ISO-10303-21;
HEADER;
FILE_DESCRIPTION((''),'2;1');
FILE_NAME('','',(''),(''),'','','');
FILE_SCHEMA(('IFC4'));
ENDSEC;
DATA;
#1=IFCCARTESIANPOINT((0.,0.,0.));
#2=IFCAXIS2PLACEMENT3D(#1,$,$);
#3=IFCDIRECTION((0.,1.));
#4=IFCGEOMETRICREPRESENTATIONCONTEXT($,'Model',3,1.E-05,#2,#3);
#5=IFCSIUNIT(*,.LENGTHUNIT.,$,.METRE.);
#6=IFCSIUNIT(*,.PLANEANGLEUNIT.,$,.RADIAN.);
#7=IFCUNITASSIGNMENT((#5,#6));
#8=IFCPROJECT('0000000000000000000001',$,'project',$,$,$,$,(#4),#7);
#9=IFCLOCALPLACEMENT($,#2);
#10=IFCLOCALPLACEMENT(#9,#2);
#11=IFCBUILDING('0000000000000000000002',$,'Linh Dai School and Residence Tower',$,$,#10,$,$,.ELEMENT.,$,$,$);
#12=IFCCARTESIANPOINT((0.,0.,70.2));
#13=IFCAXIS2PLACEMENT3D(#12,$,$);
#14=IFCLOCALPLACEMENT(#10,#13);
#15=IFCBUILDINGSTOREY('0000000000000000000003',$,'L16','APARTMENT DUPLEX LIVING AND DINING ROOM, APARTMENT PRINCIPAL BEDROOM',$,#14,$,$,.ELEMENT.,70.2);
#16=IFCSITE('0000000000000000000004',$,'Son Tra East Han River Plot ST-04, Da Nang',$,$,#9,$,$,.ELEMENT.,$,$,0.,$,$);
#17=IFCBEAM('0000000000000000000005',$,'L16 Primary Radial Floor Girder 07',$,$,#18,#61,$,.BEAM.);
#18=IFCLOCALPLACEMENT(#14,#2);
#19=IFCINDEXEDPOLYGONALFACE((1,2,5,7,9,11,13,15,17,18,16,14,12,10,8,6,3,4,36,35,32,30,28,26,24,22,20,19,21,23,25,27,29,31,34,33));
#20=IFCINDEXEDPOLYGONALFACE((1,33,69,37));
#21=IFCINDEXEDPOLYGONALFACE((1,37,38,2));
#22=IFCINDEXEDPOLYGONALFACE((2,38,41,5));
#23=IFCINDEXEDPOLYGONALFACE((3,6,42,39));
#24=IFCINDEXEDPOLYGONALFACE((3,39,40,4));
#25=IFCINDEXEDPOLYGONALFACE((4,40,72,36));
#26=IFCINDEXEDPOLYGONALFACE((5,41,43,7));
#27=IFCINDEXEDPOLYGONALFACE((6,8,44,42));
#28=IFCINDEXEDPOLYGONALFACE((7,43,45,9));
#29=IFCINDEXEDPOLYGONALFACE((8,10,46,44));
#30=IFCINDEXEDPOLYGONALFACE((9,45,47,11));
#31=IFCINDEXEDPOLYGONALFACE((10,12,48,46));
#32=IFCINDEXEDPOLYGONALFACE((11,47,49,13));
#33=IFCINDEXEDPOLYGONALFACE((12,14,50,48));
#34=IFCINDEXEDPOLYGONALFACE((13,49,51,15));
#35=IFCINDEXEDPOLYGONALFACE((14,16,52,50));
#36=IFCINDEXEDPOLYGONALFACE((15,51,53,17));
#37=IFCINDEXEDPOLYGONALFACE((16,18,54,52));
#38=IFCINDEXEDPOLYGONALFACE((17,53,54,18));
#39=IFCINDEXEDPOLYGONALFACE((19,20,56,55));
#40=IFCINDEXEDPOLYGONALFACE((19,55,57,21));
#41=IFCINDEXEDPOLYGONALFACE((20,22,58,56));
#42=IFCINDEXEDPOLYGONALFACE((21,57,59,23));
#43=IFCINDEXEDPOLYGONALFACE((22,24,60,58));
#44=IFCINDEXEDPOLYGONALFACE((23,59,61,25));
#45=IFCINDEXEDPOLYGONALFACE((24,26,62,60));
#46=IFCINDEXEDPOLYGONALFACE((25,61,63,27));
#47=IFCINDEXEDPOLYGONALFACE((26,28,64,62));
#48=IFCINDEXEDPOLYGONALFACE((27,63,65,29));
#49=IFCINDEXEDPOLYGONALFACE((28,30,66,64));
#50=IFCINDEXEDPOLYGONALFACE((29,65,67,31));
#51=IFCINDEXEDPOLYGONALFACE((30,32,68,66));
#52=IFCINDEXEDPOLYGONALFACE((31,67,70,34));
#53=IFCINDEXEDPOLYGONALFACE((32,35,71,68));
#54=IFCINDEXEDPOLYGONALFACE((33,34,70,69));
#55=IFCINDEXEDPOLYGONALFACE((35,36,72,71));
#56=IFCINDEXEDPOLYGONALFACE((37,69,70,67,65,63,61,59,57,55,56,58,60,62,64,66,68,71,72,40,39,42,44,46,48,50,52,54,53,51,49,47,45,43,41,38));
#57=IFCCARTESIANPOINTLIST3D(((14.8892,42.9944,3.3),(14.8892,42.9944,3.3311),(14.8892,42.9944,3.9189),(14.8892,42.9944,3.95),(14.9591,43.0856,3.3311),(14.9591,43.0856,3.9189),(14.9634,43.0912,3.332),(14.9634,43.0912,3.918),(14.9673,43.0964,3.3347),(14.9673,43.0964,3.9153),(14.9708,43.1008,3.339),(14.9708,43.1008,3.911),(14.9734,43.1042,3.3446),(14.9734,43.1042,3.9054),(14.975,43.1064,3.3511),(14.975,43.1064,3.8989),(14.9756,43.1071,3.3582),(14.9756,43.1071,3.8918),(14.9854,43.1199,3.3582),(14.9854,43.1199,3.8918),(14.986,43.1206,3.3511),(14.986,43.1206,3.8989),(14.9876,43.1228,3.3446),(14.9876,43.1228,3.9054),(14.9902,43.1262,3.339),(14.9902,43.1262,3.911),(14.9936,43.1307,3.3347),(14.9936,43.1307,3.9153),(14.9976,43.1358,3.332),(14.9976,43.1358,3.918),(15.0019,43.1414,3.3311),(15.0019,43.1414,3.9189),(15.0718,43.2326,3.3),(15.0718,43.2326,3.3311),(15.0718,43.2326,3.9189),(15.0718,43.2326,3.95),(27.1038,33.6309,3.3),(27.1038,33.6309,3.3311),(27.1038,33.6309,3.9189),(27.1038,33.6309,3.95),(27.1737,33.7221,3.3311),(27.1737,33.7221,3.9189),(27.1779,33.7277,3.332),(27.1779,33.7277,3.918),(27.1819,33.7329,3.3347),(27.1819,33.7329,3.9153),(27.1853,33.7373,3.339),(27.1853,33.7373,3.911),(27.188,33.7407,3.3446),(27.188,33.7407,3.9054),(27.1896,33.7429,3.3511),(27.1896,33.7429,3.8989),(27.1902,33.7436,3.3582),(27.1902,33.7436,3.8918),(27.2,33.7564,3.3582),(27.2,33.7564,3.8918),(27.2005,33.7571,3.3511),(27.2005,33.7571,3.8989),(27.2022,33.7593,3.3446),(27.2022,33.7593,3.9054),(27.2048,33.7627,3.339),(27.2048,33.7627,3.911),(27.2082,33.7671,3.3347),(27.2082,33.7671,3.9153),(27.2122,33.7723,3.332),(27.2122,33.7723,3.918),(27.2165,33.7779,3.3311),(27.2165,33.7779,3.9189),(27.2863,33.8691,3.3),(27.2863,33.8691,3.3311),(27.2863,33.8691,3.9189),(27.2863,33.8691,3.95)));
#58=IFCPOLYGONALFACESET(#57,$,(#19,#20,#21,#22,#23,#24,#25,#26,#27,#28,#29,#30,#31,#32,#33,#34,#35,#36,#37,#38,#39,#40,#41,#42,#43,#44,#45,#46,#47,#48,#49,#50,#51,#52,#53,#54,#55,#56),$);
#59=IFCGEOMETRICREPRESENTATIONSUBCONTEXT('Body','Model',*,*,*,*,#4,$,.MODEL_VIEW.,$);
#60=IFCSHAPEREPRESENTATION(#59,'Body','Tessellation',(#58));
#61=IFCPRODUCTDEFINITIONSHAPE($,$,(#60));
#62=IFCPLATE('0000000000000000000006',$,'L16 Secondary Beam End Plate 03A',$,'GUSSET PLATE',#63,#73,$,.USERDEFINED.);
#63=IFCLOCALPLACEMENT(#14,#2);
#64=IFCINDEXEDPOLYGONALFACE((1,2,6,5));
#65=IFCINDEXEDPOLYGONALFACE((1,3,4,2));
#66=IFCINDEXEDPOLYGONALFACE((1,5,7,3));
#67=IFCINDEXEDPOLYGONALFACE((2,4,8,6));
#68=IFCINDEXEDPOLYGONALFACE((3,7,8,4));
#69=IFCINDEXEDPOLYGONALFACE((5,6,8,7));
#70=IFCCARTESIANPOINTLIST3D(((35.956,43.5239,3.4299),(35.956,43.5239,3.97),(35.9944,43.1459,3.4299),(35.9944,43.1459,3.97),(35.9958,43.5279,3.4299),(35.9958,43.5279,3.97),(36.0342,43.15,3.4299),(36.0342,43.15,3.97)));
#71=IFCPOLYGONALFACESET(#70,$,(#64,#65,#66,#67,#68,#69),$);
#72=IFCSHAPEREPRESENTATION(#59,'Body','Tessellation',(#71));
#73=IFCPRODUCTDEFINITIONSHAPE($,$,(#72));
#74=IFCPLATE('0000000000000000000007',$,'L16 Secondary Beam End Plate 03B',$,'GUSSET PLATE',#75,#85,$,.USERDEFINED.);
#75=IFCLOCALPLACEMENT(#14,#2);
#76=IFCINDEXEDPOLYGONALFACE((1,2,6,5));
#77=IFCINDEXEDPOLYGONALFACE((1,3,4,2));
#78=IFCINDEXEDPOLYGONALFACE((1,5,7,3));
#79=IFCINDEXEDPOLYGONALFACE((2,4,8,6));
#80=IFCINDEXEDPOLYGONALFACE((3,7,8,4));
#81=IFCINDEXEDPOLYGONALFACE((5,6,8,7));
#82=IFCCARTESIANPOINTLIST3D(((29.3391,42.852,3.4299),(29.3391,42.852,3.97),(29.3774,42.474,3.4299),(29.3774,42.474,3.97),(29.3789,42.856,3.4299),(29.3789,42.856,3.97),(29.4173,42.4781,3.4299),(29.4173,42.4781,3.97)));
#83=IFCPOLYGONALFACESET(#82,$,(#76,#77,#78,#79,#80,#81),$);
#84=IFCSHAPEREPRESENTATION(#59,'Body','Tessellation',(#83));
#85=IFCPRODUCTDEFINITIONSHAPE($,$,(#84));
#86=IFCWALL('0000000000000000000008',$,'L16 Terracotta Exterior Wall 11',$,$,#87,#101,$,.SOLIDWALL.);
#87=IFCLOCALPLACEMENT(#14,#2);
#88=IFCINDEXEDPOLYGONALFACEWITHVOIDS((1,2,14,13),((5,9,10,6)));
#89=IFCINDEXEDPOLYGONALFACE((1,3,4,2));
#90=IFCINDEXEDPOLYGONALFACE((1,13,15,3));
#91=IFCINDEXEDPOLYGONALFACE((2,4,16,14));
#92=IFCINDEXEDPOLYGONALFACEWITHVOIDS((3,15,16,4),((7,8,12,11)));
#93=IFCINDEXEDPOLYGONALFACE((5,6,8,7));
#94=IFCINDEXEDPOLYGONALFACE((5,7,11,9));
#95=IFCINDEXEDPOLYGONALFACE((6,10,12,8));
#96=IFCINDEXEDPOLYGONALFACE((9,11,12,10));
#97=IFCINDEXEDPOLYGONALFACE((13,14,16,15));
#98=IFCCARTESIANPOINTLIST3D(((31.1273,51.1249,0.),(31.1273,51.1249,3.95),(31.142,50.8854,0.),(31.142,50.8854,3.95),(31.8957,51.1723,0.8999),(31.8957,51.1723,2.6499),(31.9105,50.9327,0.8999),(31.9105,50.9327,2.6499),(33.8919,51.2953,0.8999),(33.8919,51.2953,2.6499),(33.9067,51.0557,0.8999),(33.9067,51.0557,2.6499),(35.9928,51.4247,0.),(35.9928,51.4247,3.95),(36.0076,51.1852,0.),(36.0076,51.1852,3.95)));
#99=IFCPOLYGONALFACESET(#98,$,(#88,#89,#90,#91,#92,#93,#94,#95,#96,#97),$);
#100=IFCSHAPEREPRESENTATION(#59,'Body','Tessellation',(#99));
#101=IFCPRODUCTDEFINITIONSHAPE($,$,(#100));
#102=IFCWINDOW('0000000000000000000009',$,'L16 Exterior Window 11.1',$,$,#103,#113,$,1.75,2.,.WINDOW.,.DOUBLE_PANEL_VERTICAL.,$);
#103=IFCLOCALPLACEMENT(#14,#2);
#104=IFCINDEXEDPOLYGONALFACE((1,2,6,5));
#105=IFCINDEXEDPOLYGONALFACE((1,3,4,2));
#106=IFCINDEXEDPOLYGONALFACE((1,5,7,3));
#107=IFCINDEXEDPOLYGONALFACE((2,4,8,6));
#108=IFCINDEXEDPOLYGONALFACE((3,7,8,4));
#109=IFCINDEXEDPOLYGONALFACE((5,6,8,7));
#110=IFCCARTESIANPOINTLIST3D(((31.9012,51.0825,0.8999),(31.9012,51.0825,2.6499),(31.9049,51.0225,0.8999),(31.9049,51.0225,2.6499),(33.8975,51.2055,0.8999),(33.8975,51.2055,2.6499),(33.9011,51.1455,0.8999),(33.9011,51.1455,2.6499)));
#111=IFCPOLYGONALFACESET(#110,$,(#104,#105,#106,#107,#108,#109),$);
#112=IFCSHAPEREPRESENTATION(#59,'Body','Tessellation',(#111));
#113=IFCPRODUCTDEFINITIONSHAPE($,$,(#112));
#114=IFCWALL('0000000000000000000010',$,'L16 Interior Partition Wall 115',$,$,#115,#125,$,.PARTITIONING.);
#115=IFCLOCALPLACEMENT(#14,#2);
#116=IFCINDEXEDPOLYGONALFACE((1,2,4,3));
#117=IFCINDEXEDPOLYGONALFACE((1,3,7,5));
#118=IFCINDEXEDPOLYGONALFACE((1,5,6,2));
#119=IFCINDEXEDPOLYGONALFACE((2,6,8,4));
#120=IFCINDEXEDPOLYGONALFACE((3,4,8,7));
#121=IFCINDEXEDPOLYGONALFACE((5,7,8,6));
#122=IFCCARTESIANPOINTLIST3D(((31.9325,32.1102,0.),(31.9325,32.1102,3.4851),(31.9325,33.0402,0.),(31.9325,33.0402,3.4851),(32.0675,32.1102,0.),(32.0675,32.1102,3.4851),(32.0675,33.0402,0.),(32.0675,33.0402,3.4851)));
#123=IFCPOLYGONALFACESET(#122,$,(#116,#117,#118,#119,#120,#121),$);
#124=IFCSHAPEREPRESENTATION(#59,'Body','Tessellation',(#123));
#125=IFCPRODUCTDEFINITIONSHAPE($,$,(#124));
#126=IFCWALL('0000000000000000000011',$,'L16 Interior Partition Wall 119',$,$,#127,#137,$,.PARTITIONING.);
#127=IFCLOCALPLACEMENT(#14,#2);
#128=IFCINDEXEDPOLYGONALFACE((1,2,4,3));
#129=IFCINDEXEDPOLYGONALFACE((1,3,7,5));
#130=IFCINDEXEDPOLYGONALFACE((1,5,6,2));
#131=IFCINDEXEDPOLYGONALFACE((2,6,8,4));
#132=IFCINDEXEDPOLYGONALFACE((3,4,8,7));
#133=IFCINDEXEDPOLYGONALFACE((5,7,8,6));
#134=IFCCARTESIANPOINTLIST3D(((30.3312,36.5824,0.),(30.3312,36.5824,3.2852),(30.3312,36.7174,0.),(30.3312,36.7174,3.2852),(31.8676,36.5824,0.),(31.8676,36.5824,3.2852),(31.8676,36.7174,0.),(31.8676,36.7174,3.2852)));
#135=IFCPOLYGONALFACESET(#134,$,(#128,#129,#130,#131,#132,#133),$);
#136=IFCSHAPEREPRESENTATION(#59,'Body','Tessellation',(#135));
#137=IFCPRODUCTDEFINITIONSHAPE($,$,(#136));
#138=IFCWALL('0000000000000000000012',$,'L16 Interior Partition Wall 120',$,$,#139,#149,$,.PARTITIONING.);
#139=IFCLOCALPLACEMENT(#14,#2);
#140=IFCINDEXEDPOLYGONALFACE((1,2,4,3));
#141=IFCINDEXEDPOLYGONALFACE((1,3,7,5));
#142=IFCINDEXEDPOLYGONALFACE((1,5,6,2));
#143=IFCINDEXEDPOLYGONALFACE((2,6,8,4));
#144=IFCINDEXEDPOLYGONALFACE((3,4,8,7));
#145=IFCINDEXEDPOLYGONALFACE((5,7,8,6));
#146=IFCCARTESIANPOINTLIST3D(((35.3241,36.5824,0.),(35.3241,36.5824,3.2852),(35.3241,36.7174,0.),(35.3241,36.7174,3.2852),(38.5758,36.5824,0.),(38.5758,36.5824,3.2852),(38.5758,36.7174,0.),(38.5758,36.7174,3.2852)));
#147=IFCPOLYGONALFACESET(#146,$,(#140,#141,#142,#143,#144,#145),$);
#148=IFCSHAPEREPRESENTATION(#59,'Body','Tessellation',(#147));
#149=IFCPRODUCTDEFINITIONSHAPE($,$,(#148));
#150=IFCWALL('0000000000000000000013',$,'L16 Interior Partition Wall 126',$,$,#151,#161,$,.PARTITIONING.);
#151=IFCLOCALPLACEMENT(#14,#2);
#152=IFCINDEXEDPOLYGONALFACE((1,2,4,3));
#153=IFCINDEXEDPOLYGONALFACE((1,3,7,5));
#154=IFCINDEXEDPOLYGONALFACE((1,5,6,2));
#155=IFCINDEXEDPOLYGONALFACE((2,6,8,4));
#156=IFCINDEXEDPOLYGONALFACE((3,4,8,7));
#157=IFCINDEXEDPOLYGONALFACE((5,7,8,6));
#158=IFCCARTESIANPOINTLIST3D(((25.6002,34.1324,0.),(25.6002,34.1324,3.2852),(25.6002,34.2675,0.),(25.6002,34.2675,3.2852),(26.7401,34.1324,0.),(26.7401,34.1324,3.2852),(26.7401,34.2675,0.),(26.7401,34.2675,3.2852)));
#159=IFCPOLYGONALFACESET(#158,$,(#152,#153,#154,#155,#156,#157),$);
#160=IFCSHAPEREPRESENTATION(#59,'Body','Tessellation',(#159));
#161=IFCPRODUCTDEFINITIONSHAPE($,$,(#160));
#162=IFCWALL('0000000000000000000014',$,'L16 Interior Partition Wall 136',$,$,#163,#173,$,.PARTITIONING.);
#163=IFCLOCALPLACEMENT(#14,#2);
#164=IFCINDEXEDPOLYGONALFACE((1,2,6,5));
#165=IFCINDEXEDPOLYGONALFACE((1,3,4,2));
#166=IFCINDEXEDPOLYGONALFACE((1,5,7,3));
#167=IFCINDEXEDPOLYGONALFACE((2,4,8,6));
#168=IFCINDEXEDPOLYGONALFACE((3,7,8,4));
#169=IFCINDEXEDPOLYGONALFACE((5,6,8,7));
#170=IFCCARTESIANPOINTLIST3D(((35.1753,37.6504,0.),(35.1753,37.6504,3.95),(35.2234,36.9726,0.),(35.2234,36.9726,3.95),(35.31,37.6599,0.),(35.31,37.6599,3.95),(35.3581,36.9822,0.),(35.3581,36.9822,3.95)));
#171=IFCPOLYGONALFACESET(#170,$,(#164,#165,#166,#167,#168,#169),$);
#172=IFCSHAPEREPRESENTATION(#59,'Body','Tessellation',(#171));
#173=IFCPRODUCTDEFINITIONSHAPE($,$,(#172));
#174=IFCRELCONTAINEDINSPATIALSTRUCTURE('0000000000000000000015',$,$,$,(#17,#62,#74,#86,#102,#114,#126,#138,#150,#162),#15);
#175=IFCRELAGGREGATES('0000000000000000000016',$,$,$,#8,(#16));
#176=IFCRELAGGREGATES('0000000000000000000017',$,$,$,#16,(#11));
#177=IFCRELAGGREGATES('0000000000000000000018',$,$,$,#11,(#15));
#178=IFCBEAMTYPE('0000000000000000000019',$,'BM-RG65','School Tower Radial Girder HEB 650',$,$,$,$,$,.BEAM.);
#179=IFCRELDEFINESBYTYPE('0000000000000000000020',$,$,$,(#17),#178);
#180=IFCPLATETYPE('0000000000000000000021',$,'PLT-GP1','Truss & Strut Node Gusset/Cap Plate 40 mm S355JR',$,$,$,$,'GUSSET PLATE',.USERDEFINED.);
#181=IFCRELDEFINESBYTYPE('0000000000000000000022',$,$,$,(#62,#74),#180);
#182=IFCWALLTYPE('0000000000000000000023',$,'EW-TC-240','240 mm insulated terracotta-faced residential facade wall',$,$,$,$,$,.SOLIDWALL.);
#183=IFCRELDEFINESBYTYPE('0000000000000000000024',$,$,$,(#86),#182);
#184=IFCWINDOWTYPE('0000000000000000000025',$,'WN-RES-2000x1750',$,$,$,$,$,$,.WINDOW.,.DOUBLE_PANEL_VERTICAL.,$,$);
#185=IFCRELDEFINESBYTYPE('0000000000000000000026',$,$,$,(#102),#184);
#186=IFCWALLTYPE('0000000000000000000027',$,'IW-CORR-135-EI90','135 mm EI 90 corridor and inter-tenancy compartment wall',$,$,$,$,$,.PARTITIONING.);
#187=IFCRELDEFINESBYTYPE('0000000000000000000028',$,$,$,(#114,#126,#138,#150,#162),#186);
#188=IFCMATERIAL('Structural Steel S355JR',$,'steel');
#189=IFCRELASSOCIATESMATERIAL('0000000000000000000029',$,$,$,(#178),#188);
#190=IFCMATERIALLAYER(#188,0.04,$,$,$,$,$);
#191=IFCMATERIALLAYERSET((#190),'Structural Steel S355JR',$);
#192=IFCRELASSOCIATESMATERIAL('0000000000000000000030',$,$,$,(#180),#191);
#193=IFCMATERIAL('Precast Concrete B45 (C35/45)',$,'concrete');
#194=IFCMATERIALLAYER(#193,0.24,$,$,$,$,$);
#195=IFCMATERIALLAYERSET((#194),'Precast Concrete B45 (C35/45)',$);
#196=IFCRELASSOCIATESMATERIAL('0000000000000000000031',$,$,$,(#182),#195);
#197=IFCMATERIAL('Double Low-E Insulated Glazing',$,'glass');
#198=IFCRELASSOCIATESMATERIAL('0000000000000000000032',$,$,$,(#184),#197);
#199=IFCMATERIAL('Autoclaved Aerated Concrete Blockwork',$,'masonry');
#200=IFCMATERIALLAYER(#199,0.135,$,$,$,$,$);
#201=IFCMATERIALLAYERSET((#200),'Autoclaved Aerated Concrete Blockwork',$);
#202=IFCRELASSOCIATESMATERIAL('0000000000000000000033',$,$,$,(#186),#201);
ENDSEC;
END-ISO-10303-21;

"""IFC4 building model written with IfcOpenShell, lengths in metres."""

from ifc_helpers import new_model, si_unit, direction, frame, frame_2d, origin, origin_2d, place, context, subcontext, project, spatial, rectangle, i_section, extrude, source, transform, mapped, material, layer, layer_set, material_profile, profile_set, type_object, element, fill, save


model = new_model("IFC4")

# Units and contexts
model_context = context("Model", 3, precision=1e-05, world=origin(), true_north=direction((0.0, 1.0)))
body_context = subcontext(model_context, "Body", "Model", "MODEL_VIEW")
ifc_project = project(units=[si_unit("LENGTHUNIT", "METRE"), si_unit("PLANEANGLEUNIT", "RADIAN")], contexts=[model_context])

# Site, building, storey
site_placement = place(None, origin())
site = spatial("IfcSite", under=ifc_project, at=site_placement, Name="Son Tra East Han River Plot ST-04, Da Nang", CompositionType="ELEMENT", RefElevation=0.0)
building_placement = place(site_placement, origin())
building = spatial("IfcBuilding", under=site, at=building_placement, Name="Linh Dai School and Residence Tower", CompositionType="ELEMENT")
storey_placement = place(building_placement, frame((0.0, 0.0, 70.2)))
storey = spatial("IfcBuildingStorey", under=building, at=storey_placement, Name="L16", Description="APARTMENT DUPLEX LIVING AND DINING ROOM, APARTMENT PRINCIPAL BEDROOM", CompositionType="ELEMENT", Elevation=70.2)

# Shared definitions
ifc_material_1 = material(Name="Structural Steel S355JR", Category="steel")

# Beam
ifc_material_profile_1 = material_profile(ifc_material_1, i_section(OverallWidth=0.3, OverallDepth=0.6499, WebThickness=0.0161, FlangeThickness=0.031, FilletRadius=0.0271, at=origin_2d()), Name="HEB 650")
ifc_profile_set_1 = profile_set([ifc_material_profile_1], Name="Structural Steel S355JR")
beam_type_1 = type_object("IfcBeamType", Name="BM-RG65", Description="School Tower Radial Girder HEB 650", PredefinedType="BEAM", material=ifc_profile_set_1)
beam_1_placement = place(storey_placement, frame((27.1951, 33.75, 3.625), z_axis=(-0.793638, 0.608391, 0.0), x_axis=(-0.608391, -0.793638, 0.0)))
element("IfcBeam", 1, at=beam_1_placement, inside=storey, type_object=beam_type_1, Name="L16 Primary Radial Floor Girder 07", PredefinedType="BEAM", context=body_context, shape_type="SweptSolid", body=[
    extrude(i_section(OverallWidth=0.3, OverallDepth=0.6499, WebThickness=0.0161, FlangeThickness=0.031, FilletRadius=0.0271, at=origin_2d()), origin(), (0.0, 0.0, 1.0), 15.3906),
])

# Plates
ifc_layer_1 = layer(ifc_material_1, 0.04)
ifc_layer_set_1 = layer_set([ifc_layer_1], Name="Structural Steel S355JR")
plate_type = type_object("IfcPlateType", Name="PLT-GP1", Description="Truss & Strut Node Gusset/Cap Plate 40 mm S355JR", ElementType="GUSSET PLATE", PredefinedType="USERDEFINED", material=ifc_layer_set_1)
shared_shape_1 = source(origin(), body_context, "Body", "SweptSolid", [
    extrude(rectangle(XDim=0.04, YDim=0.3799, at=origin_2d()), origin(), (0.0, 0.0, 1.0), 0.54),
])
for number, where, z_axis, x_axis, name in (
    (2, (35.9951, 43.3369, 3.4299), (0.0, 0.0, 1.0), (-0.994884, -0.101023, 0.0), "L16 Secondary Beam End Plate 03A"),
    (3, (29.3782, 42.665, 3.4299), (0.0, 0.0, 1.0), (-0.994884, -0.101023, 0.0), "L16 Secondary Beam End Plate 03B"),
):
    element("IfcPlate", number, at=place(storey_placement, frame(where, z_axis=z_axis, x_axis=x_axis)), inside=storey, type_object=plate_type, Name=name, ObjectType="GUSSET PLATE", PredefinedType="USERDEFINED", context=body_context, shape_type="MappedRepresentation", body=[
        mapped(shared_shape_1, transform((0.0, 0.0, 0.0), x_axis=(1.0, 0.0, 0.0), y_axis=(0.0, 1.0, 0.0), z_axis=(0.0, 0.0, 1.0), scale=1.0)),
    ])

# Wall, opening, window
ifc_material_2 = material(Name="Precast Concrete B45 (C35/45)", Category="concrete")
ifc_layer_2 = layer(ifc_material_2, 0.24)
ifc_layer_set_2 = layer_set([ifc_layer_2], Name="Precast Concrete B45 (C35/45)")
wall_type_1 = type_object("IfcWallType", Name="EW-TC-240", Description="240 mm insulated terracotta-faced residential facade wall", PredefinedType="SOLIDWALL", material=ifc_layer_set_2)
wall_1_placement = place(storey_placement, frame((31.1345, 51.0051, 0.0), z_axis=(0.0, 0.0, 1.0), x_axis=(0.998107, 0.061502, 0.0)))
wall_1 = element("IfcWall", 4, at=wall_1_placement, inside=storey, type_object=wall_type_1, Name="L16 Terracotta Exterior Wall 11", PredefinedType="SOLIDWALL", context=body_context, shape_type="SweptSolid", body=[
    extrude(rectangle(XDim=4.8748, YDim=0.24, at=frame_2d((2.4375, 0.0))), origin(), (0.0, 0.0, 1.0), 3.95),
])
opening_1_placement = place(wall_1_placement, frame((0.77, 0.0, 0.8999)))
opening_1 = element("IfcOpeningElement", 5, at=opening_1_placement, cuts=wall_1, PredefinedType="OPENING", context=body_context, shape_type="SweptSolid", body=[
    extrude(rectangle(XDim=2.0, YDim=1.75, at=origin_2d()), frame((1.0, 0.1299, 0.875), z_axis=(0.0, -1.0, 0.0), x_axis=(1.0, 0.0, 0.0)), (0.0, 0.0, 1.0), 0.26),
])
ifc_material_3 = material(Name="Double Low-E Insulated Glazing", Category="glass")
window_type = type_object("IfcWindowType", Name="WN-RES-2000x1750", PartitioningType="DOUBLE_PANEL_VERTICAL", PredefinedType="WINDOW", material=ifc_material_3)
shared_shape_2 = source(origin(), body_context, "Body", "SweptSolid", [
    extrude(rectangle(XDim=2.0, YDim=1.75, at=origin_2d()), frame((1.0, 0.03, 0.875), z_axis=(0.0, -1.0, 0.0), x_axis=(1.0, 0.0, 0.0)), (0.0, 0.0, 1.0), 0.0601),
])
window_placement = place(opening_1_placement, origin())
window = element("IfcWindow", 6, at=window_placement, inside=storey, type_object=window_type, Name="L16 Exterior Window 11.1", OverallHeight=1.75, OverallWidth=2.0, PartitioningType="DOUBLE_PANEL_VERTICAL", PredefinedType="WINDOW", context=body_context, shape_type="MappedRepresentation", body=[
    mapped(shared_shape_2, transform((0.0, 0.0, 0.0), x_axis=(1.0, 0.0, 0.0), y_axis=(0.0, 1.0, 0.0), z_axis=(0.0, 0.0, 1.0), scale=1.0)),
])
fill(opening_1, window)

# Shared definitions
ifc_material_4 = material(Name="Autoclaved Aerated Concrete Blockwork", Category="masonry")
ifc_layer_3 = layer(ifc_material_4, 0.135)
ifc_layer_set_3 = layer_set([ifc_layer_3], Name="Autoclaved Aerated Concrete Blockwork")
wall_type_2 = type_object("IfcWallType", Name="IW-CORR-135-EI90", Description="135 mm EI 90 corridor and inter-tenancy compartment wall", PredefinedType="PARTITIONING", material=ifc_layer_set_3)

# Walls
wall_2_placement = place(storey_placement, frame((32.0, 33.04, 0.0), z_axis=(0.0, 0.0, 1.0), x_axis=(0.0, -1.0, 0.0)))
element("IfcWall", 7, at=wall_2_placement, inside=storey, type_object=wall_type_2, Name="L16 Interior Partition Wall 115", PredefinedType="PARTITIONING", context=body_context, shape_type="SweptSolid", body=[
    extrude(rectangle(XDim=0.9299, YDim=0.135, at=frame_2d((0.4648, 0.0))), origin(), (0.0, 0.0, 1.0), 3.4851),
])
wall_3_placement = place(storey_placement, frame((30.3313, 36.6499, 0.0), z_axis=(0.0, 0.0, 1.0), x_axis=(1.0, 0.0, 0.0)))
element("IfcWall", 8, at=wall_3_placement, inside=storey, type_object=wall_type_2, Name="L16 Interior Partition Wall 119", PredefinedType="PARTITIONING", context=body_context, shape_type="SweptSolid", body=[
    extrude(rectangle(XDim=1.5364, YDim=0.135, at=frame_2d((0.7681, 0.0))), origin(), (0.0, 0.0, 1.0), 3.2852),
])
wall_4_placement = place(storey_placement, frame((35.324, 36.6499, 0.0), z_axis=(0.0, 0.0, 1.0), x_axis=(1.0, 0.0, 0.0)))
element("IfcWall", 9, at=wall_4_placement, inside=storey, type_object=wall_type_2, Name="L16 Interior Partition Wall 120", PredefinedType="PARTITIONING", context=body_context, shape_type="SweptSolid", body=[
    extrude(rectangle(XDim=3.2517, YDim=0.135, at=frame_2d((1.626, 0.0))), origin(), (0.0, 0.0, 1.0), 3.2852),
])
wall_5_placement = place(storey_placement, frame((26.74, 34.2, 0.0), z_axis=(0.0, 0.0, 1.0), x_axis=(-1.0, 0.0, 0.0)))
element("IfcWall", 10, at=wall_5_placement, inside=storey, type_object=wall_type_2, Name="L16 Interior Partition Wall 126", PredefinedType="PARTITIONING", context=body_context, shape_type="SweptSolid", body=[
    extrude(rectangle(XDim=1.1399, YDim=0.135, at=frame_2d((0.5698, 0.0))), origin(), (0.0, 0.0, 1.0), 3.2852),
])
wall_6_placement = place(storey_placement, frame((35.2427, 37.6553, 0.0), z_axis=(0.0, 0.0, 1.0), x_axis=(0.070787, -0.997491, 0.0)))
element("IfcWall", 11, at=wall_6_placement, inside=storey, type_object=wall_type_2, Name="L16 Interior Partition Wall 136", PredefinedType="PARTITIONING", context=body_context, shape_type="SweptSolid", body=[
    extrude(rectangle(XDim=0.6794, YDim=0.135, at=frame_2d((0.3398, 0.0))), origin(), (0.0, 0.0, 1.0), 3.95),
])

save(model, "model.ifc")
